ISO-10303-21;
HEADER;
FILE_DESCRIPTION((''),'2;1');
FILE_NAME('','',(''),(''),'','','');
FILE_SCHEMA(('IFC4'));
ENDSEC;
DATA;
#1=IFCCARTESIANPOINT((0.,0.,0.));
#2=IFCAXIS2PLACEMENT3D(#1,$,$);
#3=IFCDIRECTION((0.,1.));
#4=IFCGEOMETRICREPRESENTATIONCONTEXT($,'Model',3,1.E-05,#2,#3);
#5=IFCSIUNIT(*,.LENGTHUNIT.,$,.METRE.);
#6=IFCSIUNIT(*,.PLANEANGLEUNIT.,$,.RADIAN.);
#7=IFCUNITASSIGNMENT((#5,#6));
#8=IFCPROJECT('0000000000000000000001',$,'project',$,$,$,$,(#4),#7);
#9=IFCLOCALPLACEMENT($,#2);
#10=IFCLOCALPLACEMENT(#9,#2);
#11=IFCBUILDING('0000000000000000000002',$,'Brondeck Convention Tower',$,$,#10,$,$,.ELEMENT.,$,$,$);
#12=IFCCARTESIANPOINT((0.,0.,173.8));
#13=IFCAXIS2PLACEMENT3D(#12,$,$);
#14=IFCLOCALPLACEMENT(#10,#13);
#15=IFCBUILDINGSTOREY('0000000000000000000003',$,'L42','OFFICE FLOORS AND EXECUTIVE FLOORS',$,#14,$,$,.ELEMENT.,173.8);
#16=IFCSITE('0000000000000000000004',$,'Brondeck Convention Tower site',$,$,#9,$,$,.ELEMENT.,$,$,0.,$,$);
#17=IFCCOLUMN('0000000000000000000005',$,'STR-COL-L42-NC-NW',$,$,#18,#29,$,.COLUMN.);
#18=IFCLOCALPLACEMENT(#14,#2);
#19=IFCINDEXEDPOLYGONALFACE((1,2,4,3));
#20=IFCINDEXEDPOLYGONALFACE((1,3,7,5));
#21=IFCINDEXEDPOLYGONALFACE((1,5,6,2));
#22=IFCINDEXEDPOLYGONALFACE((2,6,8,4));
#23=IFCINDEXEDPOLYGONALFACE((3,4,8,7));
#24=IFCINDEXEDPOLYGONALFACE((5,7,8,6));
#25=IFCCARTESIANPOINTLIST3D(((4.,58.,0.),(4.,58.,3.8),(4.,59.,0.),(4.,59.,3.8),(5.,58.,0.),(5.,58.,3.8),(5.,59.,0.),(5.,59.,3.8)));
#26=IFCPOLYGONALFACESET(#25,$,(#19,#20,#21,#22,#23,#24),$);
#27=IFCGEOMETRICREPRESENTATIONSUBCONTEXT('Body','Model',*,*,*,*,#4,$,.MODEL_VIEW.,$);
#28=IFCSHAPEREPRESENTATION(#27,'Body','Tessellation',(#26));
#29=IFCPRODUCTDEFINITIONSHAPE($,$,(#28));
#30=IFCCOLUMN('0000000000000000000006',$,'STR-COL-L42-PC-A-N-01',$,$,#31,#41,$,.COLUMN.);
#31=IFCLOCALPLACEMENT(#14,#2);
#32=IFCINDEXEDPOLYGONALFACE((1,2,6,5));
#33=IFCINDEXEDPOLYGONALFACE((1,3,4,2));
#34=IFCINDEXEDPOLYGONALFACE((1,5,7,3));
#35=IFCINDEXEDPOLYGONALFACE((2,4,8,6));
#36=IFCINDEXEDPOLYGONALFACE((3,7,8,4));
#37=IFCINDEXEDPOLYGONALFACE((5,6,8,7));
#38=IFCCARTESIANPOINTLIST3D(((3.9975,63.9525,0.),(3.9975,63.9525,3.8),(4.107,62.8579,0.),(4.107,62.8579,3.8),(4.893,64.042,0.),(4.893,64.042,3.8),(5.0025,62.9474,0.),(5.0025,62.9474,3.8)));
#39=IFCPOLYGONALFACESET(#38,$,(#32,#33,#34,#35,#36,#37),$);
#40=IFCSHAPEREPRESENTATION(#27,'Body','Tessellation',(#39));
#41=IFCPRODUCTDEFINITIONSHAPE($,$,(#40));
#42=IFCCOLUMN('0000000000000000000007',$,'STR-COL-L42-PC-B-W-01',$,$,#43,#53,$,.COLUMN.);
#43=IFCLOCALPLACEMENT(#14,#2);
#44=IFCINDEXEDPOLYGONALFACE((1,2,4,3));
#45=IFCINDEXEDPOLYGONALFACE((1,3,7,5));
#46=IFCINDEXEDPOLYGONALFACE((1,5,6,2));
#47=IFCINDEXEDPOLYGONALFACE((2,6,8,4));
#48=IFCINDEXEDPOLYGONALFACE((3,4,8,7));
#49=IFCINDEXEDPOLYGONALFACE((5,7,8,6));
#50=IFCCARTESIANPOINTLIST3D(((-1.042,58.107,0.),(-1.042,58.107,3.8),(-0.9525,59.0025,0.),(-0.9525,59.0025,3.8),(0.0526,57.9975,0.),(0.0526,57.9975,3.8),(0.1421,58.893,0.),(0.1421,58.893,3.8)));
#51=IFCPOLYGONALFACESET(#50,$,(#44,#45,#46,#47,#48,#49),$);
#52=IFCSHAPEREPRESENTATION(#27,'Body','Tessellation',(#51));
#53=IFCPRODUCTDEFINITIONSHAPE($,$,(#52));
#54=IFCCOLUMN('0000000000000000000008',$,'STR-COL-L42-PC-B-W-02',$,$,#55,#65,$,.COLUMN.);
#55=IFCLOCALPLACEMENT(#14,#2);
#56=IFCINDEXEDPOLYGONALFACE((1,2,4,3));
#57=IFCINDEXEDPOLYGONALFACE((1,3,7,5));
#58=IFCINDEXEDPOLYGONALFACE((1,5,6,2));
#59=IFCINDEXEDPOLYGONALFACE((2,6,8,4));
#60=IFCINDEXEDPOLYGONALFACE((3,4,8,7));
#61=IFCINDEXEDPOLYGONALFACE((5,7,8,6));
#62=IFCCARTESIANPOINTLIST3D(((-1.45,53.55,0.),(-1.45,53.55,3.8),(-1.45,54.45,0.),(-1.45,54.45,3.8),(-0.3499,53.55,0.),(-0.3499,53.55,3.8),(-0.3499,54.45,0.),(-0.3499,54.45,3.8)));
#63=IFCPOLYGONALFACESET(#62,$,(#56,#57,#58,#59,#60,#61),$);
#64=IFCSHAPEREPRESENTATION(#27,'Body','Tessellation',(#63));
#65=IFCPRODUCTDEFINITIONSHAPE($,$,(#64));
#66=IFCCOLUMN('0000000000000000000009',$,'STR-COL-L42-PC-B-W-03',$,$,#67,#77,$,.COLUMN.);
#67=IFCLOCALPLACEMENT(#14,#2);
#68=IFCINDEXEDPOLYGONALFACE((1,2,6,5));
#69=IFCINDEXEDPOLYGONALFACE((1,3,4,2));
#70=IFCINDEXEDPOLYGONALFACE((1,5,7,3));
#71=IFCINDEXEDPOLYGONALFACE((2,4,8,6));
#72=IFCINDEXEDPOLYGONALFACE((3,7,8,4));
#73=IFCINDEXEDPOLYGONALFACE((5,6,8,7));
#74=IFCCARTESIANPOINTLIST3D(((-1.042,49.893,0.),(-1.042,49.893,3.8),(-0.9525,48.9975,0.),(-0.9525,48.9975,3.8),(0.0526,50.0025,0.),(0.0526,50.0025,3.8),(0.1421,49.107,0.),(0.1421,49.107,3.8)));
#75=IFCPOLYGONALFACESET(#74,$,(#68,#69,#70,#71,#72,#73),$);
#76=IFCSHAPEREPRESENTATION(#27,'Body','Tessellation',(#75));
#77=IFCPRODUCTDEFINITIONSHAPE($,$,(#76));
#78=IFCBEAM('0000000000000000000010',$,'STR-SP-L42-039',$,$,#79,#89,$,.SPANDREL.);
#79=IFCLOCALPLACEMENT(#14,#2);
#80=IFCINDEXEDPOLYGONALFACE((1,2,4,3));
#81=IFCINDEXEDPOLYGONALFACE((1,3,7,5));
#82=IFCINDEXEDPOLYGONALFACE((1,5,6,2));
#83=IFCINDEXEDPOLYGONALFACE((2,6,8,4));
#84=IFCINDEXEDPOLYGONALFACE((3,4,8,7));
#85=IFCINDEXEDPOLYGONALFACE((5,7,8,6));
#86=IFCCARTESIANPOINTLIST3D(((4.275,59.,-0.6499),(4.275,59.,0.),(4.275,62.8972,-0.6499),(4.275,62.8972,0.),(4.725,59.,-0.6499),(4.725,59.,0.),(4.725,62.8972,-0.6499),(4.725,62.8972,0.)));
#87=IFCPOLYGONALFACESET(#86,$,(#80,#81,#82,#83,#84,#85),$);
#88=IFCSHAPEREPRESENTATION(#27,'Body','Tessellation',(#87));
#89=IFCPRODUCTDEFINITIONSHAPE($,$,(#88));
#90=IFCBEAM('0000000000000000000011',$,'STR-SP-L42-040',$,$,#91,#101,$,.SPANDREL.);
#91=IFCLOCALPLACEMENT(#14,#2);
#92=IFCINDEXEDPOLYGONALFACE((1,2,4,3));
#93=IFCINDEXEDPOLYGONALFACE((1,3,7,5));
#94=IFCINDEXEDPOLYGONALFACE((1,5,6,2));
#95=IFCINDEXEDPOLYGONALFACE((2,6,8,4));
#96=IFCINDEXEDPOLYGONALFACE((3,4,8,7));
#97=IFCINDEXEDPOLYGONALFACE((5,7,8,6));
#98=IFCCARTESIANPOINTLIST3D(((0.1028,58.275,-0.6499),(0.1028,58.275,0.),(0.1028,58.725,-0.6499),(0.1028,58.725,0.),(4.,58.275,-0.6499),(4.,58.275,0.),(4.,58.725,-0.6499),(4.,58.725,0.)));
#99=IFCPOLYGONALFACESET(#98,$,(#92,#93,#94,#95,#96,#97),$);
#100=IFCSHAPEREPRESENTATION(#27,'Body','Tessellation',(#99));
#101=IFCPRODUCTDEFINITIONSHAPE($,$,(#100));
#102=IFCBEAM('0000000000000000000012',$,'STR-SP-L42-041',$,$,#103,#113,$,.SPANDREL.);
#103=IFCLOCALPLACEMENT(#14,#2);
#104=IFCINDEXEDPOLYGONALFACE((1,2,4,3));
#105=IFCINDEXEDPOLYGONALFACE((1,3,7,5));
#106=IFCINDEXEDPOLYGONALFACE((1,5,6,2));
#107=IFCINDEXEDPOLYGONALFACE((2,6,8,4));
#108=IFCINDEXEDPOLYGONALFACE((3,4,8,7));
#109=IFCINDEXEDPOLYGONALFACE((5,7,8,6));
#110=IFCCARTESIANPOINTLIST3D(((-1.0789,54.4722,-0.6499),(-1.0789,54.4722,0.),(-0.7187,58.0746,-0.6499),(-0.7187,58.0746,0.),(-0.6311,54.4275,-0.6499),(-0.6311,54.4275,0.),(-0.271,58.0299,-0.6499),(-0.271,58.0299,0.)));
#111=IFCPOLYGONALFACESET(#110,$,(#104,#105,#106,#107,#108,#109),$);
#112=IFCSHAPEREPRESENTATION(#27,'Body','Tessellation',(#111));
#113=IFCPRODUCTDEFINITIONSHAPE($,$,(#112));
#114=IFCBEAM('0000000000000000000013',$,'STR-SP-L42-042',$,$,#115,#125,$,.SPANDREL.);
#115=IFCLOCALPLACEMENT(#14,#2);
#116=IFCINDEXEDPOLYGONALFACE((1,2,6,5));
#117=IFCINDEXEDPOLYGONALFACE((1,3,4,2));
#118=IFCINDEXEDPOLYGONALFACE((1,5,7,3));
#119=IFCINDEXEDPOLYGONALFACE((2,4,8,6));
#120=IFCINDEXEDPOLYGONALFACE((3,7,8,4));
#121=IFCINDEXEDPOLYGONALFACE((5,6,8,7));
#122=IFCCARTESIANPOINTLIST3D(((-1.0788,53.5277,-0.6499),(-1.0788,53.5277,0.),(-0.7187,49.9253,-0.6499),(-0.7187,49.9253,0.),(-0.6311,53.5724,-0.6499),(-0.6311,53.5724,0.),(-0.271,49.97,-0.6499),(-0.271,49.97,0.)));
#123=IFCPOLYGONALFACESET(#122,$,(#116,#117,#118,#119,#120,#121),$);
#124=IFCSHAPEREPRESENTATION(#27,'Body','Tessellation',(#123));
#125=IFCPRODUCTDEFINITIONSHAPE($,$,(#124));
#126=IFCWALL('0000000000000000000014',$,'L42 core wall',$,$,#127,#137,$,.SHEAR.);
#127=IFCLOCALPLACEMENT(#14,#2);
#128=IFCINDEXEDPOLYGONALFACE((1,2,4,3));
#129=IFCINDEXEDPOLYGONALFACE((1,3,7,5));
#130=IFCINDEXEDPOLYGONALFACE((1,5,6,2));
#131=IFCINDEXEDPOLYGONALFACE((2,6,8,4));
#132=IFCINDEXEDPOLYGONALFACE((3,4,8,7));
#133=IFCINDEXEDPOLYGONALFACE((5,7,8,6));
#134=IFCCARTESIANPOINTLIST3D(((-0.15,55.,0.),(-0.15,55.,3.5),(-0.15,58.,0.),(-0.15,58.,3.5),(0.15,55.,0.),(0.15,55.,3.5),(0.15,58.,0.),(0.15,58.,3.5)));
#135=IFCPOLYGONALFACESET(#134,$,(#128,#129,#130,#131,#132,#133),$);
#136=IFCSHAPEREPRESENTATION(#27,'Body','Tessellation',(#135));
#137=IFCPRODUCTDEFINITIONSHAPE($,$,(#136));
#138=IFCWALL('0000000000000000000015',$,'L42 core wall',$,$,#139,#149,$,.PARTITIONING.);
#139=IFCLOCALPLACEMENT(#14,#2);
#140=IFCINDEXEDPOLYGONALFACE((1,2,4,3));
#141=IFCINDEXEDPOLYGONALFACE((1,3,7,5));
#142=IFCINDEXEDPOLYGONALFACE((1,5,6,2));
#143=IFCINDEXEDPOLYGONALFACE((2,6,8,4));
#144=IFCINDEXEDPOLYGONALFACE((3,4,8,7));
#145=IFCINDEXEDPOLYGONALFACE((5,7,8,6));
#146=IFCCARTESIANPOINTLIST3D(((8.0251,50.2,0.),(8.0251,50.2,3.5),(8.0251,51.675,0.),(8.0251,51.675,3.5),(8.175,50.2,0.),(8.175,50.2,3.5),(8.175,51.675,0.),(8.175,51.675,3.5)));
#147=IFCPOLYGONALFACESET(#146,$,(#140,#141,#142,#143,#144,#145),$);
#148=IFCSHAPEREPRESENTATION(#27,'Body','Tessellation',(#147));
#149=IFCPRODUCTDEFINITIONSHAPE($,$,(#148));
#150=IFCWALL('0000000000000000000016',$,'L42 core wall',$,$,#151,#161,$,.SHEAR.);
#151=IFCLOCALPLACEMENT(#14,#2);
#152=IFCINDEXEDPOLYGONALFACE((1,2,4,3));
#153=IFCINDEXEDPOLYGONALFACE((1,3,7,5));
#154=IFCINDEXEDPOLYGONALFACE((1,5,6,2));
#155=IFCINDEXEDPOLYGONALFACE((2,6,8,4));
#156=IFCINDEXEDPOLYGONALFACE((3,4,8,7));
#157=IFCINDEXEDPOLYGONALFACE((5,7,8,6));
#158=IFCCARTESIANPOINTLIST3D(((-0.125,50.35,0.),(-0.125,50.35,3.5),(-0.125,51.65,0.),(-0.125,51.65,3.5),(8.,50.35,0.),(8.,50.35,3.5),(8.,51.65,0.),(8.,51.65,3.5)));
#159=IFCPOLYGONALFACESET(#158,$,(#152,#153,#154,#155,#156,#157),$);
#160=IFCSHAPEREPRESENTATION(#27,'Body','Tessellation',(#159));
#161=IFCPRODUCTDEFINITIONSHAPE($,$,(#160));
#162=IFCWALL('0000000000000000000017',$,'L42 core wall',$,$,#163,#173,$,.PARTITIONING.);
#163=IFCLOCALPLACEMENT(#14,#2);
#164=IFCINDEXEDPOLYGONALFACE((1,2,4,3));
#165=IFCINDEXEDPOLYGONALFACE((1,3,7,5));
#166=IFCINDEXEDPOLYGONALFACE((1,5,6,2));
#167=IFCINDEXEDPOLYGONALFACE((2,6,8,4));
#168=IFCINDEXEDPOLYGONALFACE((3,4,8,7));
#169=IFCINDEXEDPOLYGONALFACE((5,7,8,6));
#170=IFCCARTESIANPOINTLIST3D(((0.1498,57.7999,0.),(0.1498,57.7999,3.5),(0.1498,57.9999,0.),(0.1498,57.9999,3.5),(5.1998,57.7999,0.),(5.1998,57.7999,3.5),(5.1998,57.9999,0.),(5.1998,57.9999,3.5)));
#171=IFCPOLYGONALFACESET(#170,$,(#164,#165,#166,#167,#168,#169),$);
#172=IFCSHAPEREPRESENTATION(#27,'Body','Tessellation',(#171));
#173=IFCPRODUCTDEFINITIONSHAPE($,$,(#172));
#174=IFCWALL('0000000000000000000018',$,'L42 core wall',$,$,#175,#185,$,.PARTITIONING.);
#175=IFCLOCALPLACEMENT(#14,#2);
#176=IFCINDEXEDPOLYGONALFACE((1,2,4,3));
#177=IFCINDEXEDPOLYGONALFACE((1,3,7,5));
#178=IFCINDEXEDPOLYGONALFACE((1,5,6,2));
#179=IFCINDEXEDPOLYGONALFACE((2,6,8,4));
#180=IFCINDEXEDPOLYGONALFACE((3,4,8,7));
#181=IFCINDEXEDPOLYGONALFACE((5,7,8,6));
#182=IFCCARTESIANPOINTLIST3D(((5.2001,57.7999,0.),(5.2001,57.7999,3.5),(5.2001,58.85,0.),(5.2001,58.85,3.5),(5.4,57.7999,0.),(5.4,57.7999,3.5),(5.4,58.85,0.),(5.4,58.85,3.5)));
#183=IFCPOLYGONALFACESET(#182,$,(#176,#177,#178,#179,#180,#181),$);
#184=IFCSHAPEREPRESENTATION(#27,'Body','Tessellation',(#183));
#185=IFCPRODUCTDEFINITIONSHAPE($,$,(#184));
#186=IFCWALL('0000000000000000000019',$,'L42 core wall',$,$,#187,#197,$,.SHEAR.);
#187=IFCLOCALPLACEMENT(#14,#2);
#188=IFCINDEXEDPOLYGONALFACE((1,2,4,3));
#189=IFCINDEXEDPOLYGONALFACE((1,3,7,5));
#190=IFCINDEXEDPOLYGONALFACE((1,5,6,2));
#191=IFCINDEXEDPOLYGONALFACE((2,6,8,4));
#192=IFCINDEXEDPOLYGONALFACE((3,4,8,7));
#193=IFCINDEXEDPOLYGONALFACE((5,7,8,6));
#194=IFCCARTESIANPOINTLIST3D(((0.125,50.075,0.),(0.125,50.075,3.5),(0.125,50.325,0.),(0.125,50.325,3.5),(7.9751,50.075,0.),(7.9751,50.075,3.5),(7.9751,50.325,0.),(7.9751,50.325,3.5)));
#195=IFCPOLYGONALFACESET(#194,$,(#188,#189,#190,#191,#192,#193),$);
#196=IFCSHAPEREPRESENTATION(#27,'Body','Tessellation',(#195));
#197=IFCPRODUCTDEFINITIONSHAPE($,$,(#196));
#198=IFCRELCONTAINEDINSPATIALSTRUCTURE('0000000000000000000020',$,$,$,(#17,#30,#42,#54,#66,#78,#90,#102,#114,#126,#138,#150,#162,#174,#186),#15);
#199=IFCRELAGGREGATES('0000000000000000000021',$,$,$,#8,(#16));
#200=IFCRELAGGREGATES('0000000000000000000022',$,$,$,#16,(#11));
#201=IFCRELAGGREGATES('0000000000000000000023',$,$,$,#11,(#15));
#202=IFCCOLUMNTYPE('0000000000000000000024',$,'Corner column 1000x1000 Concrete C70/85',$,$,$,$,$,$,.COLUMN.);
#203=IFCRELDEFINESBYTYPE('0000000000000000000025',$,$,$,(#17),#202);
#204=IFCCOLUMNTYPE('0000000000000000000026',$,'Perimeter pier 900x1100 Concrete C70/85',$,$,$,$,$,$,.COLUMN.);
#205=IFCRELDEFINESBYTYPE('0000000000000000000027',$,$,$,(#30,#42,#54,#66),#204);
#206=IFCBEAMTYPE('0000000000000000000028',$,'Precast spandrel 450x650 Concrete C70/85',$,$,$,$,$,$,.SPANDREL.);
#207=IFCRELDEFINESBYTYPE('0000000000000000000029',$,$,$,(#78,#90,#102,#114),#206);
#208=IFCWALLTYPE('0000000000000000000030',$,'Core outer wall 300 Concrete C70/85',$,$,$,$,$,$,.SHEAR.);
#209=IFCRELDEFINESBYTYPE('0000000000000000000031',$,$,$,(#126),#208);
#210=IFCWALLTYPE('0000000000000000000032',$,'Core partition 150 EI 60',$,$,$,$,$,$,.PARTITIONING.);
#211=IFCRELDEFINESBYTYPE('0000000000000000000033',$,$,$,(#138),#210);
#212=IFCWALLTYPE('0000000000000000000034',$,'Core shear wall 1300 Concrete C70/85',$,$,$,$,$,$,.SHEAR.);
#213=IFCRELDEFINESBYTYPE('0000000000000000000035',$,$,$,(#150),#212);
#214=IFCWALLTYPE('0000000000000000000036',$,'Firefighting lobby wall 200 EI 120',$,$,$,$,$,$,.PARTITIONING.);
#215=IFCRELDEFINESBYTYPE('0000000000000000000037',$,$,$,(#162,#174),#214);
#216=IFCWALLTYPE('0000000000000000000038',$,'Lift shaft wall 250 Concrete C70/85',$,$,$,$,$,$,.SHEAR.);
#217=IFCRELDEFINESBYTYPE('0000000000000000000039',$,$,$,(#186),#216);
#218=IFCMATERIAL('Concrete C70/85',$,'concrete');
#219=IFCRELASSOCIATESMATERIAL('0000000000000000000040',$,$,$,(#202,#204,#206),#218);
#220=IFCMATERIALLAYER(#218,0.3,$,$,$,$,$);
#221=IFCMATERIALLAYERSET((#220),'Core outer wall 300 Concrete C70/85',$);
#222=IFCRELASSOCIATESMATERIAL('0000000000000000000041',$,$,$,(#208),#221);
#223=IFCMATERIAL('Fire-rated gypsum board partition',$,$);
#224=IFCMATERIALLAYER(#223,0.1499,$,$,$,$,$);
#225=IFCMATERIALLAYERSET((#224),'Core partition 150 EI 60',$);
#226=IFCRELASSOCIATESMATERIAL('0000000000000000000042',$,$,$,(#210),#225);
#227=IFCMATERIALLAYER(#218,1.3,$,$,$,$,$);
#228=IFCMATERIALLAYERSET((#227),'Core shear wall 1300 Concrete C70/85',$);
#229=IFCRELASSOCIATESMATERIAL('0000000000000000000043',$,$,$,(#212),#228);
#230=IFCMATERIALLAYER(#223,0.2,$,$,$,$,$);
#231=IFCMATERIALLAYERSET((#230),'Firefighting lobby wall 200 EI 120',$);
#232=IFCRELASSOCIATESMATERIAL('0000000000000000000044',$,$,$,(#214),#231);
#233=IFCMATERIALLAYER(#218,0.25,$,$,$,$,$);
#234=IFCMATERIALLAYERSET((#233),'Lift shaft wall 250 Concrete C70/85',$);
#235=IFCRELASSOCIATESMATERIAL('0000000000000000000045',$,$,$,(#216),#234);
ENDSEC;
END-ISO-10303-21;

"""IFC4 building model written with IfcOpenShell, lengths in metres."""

from ifc_helpers import new_model, si_unit, direction, frame, frame_2d, origin, origin_2d, place, context, subcontext, project, spatial, rectangle, extrude, material, layer, layer_set, material_profile, profile_set, type_object, element, save


model = new_model("IFC4")

# Units and contexts
model_context = context("Model", 3, precision=1e-05, world=origin(), true_north=direction((0.0, 1.0)))
body_context = subcontext(model_context, "Body", "Model", "MODEL_VIEW")
ifc_project = project(units=[si_unit("LENGTHUNIT", "METRE"), si_unit("PLANEANGLEUNIT", "RADIAN")], contexts=[model_context])

# Site, building, storey
site_placement = place(None, origin())
site = spatial("IfcSite", under=ifc_project, at=site_placement, Name="Brondeck Convention Tower site", CompositionType="ELEMENT", RefElevation=0.0)
building_placement = place(site_placement, origin())
building = spatial("IfcBuilding", under=site, at=building_placement, Name="Brondeck Convention Tower", CompositionType="ELEMENT")
storey_placement = place(building_placement, frame((0.0, 0.0, 173.8)))
storey = spatial("IfcBuildingStorey", under=building, at=storey_placement, Name="L42", Description="OFFICE FLOORS AND EXECUTIVE FLOORS", CompositionType="ELEMENT", Elevation=173.8)

# Columns
ifc_material_1 = material(Name="Concrete C70/85", Category="concrete")
ifc_material_profile_1 = material_profile(ifc_material_1, rectangle(XDim=1.0, YDim=1.0, at=origin_2d()), Name="Corner column 1000x1000 Concrete C70/85")
ifc_profile_set_1 = profile_set([ifc_material_profile_1], Name="Concrete C70/85")
column_type_1 = type_object("IfcColumnType", Name="Corner column 1000x1000 Concrete C70/85", PredefinedType="COLUMN", material=ifc_profile_set_1)
column_placement = place(storey_placement, frame((4.5, 58.5, 0.0), z_axis=(0.0, 0.0, 1.0), x_axis=(1.0, 0.0, 0.0)))
element("IfcColumn", 1, at=column_placement, inside=storey, type_object=column_type_1, Name="STR-COL-L42-NC-NW", PredefinedType="COLUMN", context=body_context, shape_type="SweptSolid", body=[
    extrude(rectangle(XDim=1.0, YDim=1.0, at=origin_2d()), origin(), (0.0, 0.0, 1.0), 3.8),
])
ifc_material_profile_2 = material_profile(ifc_material_1, rectangle(XDim=0.8999, YDim=1.1001, at=origin_2d()), Name="Perimeter pier 900x1100 Concrete C70/85")
ifc_profile_set_2 = profile_set([ifc_material_profile_2], Name="Concrete C70/85")
column_type_2 = type_object("IfcColumnType", Name="Perimeter pier 900x1100 Concrete C70/85", PredefinedType="COLUMN", material=ifc_profile_set_2)
for number, where, z_axis, x_axis, name in (
    (2, (4.5, 63.45, 0.0), (0.0, 0.0, 1.0), (-0.995037, -0.099504, 0.0), "STR-COL-L42-PC-A-N-01"),
    (3, (-0.45, 58.5, 0.0), (0.0, 0.0, 1.0), (-0.099504, -0.995037, 0.0), "STR-COL-L42-PC-B-W-01"),
    (4, (-0.8999, 54.0, 0.0), (0.0, 0.0, 1.0), (0.0, -1.0, 0.0), "STR-COL-L42-PC-B-W-02"),
    (5, (-0.45, 49.5, 0.0), (0.0, 0.0, 1.0), (0.099504, -0.995037, 0.0), "STR-COL-L42-PC-B-W-03"),
):
    element("IfcColumn", number, at=place(storey_placement, frame(where, z_axis=z_axis, x_axis=x_axis)), inside=storey, type_object=column_type_2, Name=name, PredefinedType="COLUMN", context=body_context, shape_type="SweptSolid", body=[
        extrude(rectangle(XDim=0.8999, YDim=1.1001, at=origin_2d()), origin(), (0.0, 0.0, 1.0), 3.8),
    ])

# Beams
ifc_material_profile_3 = material_profile(ifc_material_1, rectangle(XDim=0.45, YDim=0.6499, at=origin_2d()), Name="Precast spandrel 450x650 Concrete C70/85")
ifc_profile_set_3 = profile_set([ifc_material_profile_3], Name="Concrete C70/85")
beam_type = type_object("IfcBeamType", Name="Precast spandrel 450x650 Concrete C70/85", PredefinedType="SPANDREL", material=ifc_profile_set_3)
for number, where, z_axis, x_axis, name in (
    (6, (4.5, 62.8972, -0.325), (0.0, -1.0, 0.0), (1.0, 0.0, 0.0), "STR-SP-L42-039"),
    (7, (4.0, 58.5, -0.325), (-1.0, 0.0, 0.0), (0.0, -1.0, 0.0), "STR-SP-L42-040"),
):
    element("IfcBeam", number, at=place(storey_placement, frame(where, z_axis=z_axis, x_axis=x_axis)), inside=storey, type_object=beam_type, Name=name, PredefinedType="SPANDREL", context=body_context, shape_type="SweptSolid", body=[
        extrude(rectangle(XDim=0.45, YDim=0.6499, at=origin_2d()), origin(), (0.0, 0.0, 1.0), 3.8972),
    ])
for number, where, z_axis, x_axis, name in (
    (8, (-0.4949, 58.0522, -0.325), (-0.09947, -0.995041, 0.0), (0.995041, -0.09947, 0.0), "STR-SP-L42-041"),
    (9, (-0.855, 53.55, -0.325), (0.09947, -0.995041, 0.0), (0.995041, 0.09947, 0.0), "STR-SP-L42-042"),
):
    element("IfcBeam", number, at=place(storey_placement, frame(where, z_axis=z_axis, x_axis=x_axis)), inside=storey, type_object=beam_type, Name=name, PredefinedType="SPANDREL", context=body_context, shape_type="SweptSolid", body=[
        extrude(rectangle(XDim=0.45, YDim=0.6499, at=origin_2d()), origin(), (0.0, 0.0, 1.0), 3.6204),
    ])

# Walls
ifc_layer_1 = layer(ifc_material_1, 0.3)
ifc_layer_set_1 = layer_set([ifc_layer_1], Name="Core outer wall 300 Concrete C70/85")
wall_type_1 = type_object("IfcWallType", Name="Core outer wall 300 Concrete C70/85", PredefinedType="SHEAR", material=ifc_layer_set_1)
wall_1_placement = place(storey_placement, frame((0.0, 55.0, 0.0), z_axis=(0.0, 0.0, 1.0), x_axis=(0.0, 1.0, 0.0)))
element("IfcWall", 10, at=wall_1_placement, inside=storey, type_object=wall_type_1, Name="L42 core wall", PredefinedType="SHEAR", context=body_context, shape_type="SweptSolid", body=[
    extrude(rectangle(XDim=3.0, YDim=0.3, at=frame_2d((1.5, 0.0))), origin(), (0.0, 0.0, 1.0), 3.5),
])
ifc_material_2 = material(Name="Fire-rated gypsum board partition")
ifc_layer_2 = layer(ifc_material_2, 0.1499)
ifc_layer_set_2 = layer_set([ifc_layer_2], Name="Core partition 150 EI 60")
wall_type_2 = type_object("IfcWallType", Name="Core partition 150 EI 60", PredefinedType="PARTITIONING", material=ifc_layer_set_2)
wall_2_placement = place(storey_placement, frame((8.1001, 50.2, 0.0), z_axis=(0.0, 0.0, 1.0), x_axis=(0.0, 1.0, 0.0)))
element("IfcWall", 11, at=wall_2_placement, inside=storey, type_object=wall_type_2, Name="L42 core wall", PredefinedType="PARTITIONING", context=body_context, shape_type="SweptSolid", body=[
    extrude(rectangle(XDim=1.4751, YDim=0.1499, at=frame_2d((0.7375, 0.0))), origin(), (0.0, 0.0, 1.0), 3.5),
])
ifc_layer_3 = layer(ifc_material_1, 1.3)
ifc_layer_set_3 = layer_set([ifc_layer_3], Name="Core shear wall 1300 Concrete C70/85")
wall_type_3 = type_object("IfcWallType", Name="Core shear wall 1300 Concrete C70/85", PredefinedType="SHEAR", material=ifc_layer_set_3)
wall_3_placement = place(storey_placement, frame((-0.125, 51.0, 0.0), z_axis=(0.0, 0.0, 1.0), x_axis=(1.0, 0.0, 0.0)))
element("IfcWall", 12, at=wall_3_placement, inside=storey, type_object=wall_type_3, Name="L42 core wall", PredefinedType="SHEAR", context=body_context, shape_type="SweptSolid", body=[
    extrude(rectangle(XDim=8.125, YDim=1.3, at=frame_2d((4.0625, 0.0))), origin(), (0.0, 0.0, 1.0), 3.5),
])
ifc_layer_4 = layer(ifc_material_2, 0.2)
ifc_layer_set_4 = layer_set([ifc_layer_4], Name="Firefighting lobby wall 200 EI 120")
wall_type_4 = type_object("IfcWallType", Name="Firefighting lobby wall 200 EI 120", PredefinedType="PARTITIONING", material=ifc_layer_set_4)
wall_4_placement = place(storey_placement, frame((0.1499, 57.8999, 0.0), z_axis=(0.0, 0.0, 1.0), x_axis=(1.0, 0.0, 0.0)))
element("IfcWall", 13, at=wall_4_placement, inside=storey, type_object=wall_type_4, Name="L42 core wall", PredefinedType="PARTITIONING", context=body_context, shape_type="SweptSolid", body=[
    extrude(rectangle(XDim=5.05, YDim=0.2, at=frame_2d((2.5249, 0.0))), origin(), (0.0, 0.0, 1.0), 3.5),
])
wall_5_placement = place(storey_placement, frame((5.3, 57.8, 0.0), z_axis=(0.0, 0.0, 1.0), x_axis=(0.0, 1.0, 0.0)))
element("IfcWall", 14, at=wall_5_placement, inside=storey, type_object=wall_type_4, Name="L42 core wall", PredefinedType="PARTITIONING", context=body_context, shape_type="SweptSolid", body=[
    extrude(rectangle(XDim=1.05, YDim=0.2, at=frame_2d((0.5249, 0.0))), origin(), (0.0, 0.0, 1.0), 3.5),
])
ifc_layer_5 = layer(ifc_material_1, 0.25)
ifc_layer_set_5 = layer_set([ifc_layer_5], Name="Lift shaft wall 250 Concrete C70/85")
wall_type_5 = type_object("IfcWallType", Name="Lift shaft wall 250 Concrete C70/85", PredefinedType="SHEAR", material=ifc_layer_set_5)
for number, where, z_axis, x_axis, name in (
    (15, (0.125, 50.2, 0.0), (0.0, 0.0, 1.0), (1.0, 0.0, 0.0), "L42 core wall"),
):
    element("IfcWall", number, at=place(storey_placement, frame(where, z_axis=z_axis, x_axis=x_axis)), inside=storey, type_object=wall_type_5, Name=name, PredefinedType="SHEAR", context=body_context, shape_type="SweptSolid", body=[
        extrude(rectangle(XDim=7.8501, YDim=0.25, at=frame_2d((3.925, 0.0))), origin(), (0.0, 0.0, 1.0), 3.5),
    ])

save(model, "model.ifc")
